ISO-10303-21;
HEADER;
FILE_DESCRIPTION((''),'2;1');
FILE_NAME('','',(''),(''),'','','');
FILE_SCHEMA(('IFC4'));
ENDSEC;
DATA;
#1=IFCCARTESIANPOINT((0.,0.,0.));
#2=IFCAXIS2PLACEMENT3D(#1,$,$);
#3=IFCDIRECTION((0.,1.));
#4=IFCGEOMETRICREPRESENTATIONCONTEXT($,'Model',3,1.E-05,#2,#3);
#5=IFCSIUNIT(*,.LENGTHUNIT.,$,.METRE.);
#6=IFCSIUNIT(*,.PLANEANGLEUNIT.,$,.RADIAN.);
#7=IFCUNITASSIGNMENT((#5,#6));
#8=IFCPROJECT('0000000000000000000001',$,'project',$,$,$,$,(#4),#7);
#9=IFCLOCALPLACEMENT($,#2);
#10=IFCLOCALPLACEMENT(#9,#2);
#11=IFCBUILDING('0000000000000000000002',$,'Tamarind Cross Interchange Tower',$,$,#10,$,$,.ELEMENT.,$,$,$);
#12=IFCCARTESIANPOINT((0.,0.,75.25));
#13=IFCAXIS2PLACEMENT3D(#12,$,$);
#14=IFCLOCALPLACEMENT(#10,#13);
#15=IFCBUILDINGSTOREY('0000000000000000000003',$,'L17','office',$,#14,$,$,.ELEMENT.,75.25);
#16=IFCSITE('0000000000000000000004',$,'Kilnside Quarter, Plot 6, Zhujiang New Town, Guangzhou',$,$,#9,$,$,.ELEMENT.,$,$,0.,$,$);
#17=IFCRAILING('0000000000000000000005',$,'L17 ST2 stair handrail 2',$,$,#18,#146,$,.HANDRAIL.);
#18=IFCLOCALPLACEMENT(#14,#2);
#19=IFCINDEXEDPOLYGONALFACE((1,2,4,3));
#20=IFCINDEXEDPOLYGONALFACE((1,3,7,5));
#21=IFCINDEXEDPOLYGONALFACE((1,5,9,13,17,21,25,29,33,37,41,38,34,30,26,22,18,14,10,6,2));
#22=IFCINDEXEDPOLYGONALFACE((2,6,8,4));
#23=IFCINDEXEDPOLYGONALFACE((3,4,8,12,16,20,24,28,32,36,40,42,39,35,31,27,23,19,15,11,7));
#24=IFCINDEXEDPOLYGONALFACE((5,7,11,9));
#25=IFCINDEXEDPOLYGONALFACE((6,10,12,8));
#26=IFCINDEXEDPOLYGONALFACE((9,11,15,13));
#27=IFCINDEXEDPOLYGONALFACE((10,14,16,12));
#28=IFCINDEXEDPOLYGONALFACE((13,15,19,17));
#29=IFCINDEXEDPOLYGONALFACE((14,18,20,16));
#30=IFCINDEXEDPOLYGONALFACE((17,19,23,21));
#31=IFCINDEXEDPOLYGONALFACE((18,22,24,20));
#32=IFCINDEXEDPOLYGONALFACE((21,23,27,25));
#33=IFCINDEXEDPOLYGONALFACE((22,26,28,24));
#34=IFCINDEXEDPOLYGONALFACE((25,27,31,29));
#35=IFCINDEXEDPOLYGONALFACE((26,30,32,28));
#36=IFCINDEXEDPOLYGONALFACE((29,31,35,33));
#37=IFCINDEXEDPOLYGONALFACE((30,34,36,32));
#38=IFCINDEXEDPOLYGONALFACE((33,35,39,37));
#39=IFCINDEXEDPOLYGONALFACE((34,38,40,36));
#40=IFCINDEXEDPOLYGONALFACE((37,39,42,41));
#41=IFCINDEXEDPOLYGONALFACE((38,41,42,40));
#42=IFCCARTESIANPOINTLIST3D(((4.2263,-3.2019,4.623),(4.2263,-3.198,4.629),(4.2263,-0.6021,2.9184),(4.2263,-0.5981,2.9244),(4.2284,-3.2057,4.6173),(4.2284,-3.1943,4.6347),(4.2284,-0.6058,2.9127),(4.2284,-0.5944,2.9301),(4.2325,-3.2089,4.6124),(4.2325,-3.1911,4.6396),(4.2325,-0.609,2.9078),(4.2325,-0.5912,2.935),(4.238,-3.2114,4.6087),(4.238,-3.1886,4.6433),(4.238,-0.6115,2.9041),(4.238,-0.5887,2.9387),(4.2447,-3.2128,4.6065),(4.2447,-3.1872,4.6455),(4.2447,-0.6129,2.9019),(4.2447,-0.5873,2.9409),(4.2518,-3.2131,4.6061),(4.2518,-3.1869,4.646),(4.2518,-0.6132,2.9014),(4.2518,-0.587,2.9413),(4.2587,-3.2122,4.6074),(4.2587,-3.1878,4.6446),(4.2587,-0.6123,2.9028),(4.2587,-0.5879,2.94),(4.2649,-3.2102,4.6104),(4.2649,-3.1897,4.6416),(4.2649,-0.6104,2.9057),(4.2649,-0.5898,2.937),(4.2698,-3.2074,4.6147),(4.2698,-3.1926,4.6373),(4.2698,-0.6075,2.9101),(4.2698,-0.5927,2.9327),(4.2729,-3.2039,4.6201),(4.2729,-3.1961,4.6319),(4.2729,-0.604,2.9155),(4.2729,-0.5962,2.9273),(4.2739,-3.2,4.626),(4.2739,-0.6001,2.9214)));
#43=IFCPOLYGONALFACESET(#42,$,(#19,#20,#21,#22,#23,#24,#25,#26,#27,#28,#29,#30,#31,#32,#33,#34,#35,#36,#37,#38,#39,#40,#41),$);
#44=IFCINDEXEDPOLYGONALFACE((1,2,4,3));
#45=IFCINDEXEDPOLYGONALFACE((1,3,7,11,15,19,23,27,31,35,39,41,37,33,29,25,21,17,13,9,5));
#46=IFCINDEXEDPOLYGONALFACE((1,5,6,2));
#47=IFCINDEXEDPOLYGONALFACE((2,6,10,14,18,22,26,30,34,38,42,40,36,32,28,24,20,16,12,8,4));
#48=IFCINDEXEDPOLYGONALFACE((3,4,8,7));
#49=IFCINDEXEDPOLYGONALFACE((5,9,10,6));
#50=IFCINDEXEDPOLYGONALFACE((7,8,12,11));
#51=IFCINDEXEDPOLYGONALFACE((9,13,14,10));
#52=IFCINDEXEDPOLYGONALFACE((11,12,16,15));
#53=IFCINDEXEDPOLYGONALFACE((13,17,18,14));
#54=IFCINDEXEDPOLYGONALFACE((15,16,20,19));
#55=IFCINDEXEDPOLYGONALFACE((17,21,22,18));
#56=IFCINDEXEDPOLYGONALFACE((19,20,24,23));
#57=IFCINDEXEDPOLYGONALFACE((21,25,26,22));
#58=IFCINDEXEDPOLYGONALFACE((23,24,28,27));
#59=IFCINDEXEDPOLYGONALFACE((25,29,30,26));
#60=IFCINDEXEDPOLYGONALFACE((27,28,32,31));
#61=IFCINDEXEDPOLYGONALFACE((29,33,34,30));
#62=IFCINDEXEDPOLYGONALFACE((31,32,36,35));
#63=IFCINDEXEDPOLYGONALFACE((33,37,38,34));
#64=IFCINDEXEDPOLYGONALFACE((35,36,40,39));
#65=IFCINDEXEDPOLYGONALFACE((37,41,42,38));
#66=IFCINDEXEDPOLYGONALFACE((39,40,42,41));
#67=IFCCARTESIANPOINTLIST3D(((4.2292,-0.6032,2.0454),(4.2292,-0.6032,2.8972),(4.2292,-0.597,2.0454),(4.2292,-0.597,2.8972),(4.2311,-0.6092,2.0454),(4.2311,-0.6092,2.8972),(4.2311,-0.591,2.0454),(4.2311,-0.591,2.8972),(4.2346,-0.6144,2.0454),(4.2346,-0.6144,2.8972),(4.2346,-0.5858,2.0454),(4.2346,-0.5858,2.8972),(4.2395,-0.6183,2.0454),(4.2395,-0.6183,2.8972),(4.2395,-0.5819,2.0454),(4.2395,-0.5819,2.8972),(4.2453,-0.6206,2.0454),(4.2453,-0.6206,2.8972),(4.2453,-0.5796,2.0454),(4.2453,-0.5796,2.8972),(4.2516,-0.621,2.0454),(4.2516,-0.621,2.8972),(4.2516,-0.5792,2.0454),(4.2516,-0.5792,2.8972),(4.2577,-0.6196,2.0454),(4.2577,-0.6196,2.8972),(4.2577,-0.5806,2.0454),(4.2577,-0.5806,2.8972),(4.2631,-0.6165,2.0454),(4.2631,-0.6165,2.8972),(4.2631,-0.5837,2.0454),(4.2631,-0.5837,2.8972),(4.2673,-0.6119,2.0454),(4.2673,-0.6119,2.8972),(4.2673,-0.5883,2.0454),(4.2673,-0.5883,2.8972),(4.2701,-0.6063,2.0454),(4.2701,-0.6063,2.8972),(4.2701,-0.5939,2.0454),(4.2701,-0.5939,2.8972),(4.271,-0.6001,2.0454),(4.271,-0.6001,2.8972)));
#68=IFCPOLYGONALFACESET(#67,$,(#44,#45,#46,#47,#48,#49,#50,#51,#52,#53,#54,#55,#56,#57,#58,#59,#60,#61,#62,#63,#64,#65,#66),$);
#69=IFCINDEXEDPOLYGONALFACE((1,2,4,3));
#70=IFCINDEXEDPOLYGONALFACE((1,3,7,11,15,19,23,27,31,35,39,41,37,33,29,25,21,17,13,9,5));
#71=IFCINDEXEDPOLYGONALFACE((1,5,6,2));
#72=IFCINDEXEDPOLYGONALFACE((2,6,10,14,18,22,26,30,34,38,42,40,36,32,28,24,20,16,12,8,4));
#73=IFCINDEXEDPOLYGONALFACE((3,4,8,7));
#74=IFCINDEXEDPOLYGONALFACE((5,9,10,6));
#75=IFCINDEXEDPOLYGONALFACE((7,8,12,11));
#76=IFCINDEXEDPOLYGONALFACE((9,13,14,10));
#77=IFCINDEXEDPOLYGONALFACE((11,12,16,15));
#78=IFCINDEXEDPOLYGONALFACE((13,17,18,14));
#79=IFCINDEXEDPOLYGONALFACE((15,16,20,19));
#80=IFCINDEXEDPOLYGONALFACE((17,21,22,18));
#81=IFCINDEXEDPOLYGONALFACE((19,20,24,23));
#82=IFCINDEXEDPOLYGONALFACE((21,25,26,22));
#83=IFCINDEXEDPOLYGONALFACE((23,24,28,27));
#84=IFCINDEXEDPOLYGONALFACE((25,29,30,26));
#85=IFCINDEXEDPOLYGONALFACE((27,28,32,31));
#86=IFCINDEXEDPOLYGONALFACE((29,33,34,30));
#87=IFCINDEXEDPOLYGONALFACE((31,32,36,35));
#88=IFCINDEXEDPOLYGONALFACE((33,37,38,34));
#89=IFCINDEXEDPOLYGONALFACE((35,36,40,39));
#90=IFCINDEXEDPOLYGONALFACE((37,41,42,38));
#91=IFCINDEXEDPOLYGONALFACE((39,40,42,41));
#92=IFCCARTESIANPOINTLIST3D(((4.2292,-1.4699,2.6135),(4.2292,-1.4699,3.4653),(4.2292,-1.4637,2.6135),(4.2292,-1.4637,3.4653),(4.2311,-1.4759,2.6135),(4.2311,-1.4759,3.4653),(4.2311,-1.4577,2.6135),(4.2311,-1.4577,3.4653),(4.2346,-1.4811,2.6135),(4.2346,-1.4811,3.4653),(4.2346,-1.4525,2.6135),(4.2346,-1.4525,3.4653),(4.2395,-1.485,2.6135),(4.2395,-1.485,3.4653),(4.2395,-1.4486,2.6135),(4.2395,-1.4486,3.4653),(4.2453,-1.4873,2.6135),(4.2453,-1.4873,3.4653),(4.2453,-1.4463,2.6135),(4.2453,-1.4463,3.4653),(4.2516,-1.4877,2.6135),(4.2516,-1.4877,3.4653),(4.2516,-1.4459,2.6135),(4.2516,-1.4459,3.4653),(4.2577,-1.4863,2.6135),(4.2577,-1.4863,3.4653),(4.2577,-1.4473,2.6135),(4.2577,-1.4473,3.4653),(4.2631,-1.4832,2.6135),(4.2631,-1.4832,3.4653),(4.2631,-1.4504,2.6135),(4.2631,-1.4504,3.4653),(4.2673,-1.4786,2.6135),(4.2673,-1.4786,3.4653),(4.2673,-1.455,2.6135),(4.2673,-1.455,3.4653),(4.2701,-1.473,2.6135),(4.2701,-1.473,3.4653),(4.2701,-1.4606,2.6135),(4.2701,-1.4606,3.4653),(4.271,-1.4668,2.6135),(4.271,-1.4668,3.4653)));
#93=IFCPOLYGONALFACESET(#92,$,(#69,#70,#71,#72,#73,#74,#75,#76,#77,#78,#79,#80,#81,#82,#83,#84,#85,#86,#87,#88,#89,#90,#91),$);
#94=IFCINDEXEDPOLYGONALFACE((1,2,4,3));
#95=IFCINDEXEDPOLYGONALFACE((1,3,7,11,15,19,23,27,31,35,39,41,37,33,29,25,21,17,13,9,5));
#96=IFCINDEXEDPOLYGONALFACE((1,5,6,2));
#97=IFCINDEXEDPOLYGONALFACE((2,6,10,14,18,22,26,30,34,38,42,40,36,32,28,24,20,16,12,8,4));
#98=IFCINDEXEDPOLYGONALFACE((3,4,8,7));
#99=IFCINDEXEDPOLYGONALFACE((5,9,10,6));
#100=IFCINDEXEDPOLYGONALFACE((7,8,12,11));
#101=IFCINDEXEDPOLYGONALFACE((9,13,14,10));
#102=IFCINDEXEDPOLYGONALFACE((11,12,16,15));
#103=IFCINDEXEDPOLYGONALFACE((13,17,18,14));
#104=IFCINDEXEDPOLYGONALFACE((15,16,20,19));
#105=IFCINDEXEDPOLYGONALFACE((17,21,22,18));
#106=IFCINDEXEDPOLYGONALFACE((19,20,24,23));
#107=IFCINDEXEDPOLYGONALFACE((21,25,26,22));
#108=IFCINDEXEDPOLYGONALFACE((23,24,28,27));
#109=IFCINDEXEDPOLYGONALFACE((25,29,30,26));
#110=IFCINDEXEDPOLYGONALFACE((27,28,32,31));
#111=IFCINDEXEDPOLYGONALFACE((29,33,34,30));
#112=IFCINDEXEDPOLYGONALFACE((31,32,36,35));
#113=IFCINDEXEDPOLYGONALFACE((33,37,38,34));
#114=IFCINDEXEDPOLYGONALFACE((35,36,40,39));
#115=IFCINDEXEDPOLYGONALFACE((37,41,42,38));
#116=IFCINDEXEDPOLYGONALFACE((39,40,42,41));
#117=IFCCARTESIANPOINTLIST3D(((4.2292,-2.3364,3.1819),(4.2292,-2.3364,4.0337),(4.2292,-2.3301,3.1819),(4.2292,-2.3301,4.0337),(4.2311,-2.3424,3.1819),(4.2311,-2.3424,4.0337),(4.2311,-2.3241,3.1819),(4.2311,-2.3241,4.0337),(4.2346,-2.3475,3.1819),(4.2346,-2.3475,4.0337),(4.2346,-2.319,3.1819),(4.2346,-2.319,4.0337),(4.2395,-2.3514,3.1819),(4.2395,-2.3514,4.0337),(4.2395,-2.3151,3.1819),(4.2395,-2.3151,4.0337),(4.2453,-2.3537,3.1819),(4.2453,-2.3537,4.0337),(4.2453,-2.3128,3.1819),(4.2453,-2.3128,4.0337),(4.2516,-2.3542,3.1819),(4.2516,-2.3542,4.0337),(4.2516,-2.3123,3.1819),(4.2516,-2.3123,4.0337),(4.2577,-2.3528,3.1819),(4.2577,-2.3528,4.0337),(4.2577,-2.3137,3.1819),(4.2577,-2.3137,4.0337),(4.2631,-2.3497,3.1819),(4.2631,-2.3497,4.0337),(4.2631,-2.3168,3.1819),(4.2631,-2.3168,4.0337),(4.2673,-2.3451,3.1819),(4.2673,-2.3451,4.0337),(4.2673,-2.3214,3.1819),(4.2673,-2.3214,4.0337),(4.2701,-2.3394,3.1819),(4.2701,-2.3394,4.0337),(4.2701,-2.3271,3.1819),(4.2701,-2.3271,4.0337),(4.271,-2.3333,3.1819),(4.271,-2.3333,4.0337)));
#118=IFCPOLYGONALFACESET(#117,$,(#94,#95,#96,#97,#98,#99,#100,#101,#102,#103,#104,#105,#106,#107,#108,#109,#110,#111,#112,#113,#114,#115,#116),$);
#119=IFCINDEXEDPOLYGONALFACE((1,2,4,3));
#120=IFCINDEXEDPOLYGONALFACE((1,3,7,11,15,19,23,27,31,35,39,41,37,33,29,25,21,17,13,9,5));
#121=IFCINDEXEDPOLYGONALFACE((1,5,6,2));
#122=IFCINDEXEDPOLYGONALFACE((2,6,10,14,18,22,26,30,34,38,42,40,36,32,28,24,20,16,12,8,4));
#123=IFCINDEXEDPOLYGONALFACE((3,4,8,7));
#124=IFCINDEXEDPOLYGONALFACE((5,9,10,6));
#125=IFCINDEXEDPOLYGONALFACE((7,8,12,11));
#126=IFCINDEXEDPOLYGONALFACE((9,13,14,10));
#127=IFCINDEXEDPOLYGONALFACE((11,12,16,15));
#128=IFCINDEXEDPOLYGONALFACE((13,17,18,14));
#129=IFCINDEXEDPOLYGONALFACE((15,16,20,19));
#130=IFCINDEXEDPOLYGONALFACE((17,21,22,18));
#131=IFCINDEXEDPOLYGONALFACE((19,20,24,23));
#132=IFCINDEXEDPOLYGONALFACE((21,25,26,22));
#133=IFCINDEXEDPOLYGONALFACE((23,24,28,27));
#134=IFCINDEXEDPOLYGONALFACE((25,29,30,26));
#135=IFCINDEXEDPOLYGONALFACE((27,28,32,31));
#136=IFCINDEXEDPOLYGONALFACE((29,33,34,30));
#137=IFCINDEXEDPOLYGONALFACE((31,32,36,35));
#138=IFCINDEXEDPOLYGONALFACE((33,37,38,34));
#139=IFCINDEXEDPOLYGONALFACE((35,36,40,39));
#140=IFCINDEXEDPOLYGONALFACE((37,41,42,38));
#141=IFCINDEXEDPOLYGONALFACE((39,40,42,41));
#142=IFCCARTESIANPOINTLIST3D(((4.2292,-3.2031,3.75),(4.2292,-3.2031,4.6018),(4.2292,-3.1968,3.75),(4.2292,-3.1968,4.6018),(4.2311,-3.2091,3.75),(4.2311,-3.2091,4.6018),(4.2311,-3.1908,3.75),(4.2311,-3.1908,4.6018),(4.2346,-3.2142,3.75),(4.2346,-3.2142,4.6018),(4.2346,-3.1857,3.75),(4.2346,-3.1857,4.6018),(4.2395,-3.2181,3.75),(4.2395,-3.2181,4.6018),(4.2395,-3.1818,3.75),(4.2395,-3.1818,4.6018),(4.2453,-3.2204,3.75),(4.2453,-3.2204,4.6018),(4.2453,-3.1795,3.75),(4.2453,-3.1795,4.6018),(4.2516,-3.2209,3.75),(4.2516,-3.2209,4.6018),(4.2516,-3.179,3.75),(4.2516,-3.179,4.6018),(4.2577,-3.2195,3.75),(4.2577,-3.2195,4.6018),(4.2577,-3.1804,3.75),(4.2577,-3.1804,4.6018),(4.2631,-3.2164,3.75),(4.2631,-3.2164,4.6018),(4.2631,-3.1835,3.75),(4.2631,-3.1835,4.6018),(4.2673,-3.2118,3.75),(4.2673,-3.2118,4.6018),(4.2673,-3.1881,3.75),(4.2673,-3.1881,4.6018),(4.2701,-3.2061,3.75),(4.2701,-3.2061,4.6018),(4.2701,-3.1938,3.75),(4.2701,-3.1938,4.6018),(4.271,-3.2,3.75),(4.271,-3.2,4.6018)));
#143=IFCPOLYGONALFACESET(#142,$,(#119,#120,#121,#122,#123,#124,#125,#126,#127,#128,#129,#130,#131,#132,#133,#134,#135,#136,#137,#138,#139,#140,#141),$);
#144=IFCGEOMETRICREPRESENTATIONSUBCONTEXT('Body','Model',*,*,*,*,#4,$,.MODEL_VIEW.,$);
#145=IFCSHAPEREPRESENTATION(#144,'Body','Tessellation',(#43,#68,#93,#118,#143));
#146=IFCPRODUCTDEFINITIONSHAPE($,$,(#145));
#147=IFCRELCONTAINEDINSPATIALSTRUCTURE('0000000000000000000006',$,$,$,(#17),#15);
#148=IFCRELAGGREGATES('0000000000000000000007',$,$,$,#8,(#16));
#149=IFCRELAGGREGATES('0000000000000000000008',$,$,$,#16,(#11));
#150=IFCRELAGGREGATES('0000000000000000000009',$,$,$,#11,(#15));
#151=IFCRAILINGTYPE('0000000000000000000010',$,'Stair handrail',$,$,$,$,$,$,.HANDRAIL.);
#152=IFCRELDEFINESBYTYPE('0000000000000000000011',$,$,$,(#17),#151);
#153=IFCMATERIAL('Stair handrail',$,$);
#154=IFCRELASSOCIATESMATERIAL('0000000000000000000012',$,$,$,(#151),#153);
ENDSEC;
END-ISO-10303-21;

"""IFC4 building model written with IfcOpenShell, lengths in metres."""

from ifc_helpers import new_model, si_unit, direction, frame, origin, origin_2d, place, context, subcontext, project, spatial, circle, extrude, material, type_object, element, save


model = new_model("IFC4")

# Units and contexts
model_context = context("Model", 3, precision=1e-05, world=origin(), true_north=direction((0.0, 1.0)))
body_context = subcontext(model_context, "Body", "Model", "MODEL_VIEW")
ifc_project = project(units=[si_unit("LENGTHUNIT", "METRE"), si_unit("PLANEANGLEUNIT", "RADIAN")], contexts=[model_context])

# Site, building, storey
site_placement = place(None, origin())
site = spatial("IfcSite", under=ifc_project, at=site_placement, Name="Kilnside Quarter, Plot 6, Zhujiang New Town, Guangzhou", CompositionType="ELEMENT", RefElevation=0.0)
building_placement = place(site_placement, origin())
building = spatial("IfcBuilding", under=site, at=building_placement, Name="Tamarind Cross Interchange Tower", CompositionType="ELEMENT")
storey_placement = place(building_placement, frame((0.0, 0.0, 75.25)))
storey = spatial("IfcBuildingStorey", under=building, at=storey_placement, Name="L17", Description="office", CompositionType="ELEMENT", Elevation=75.25)

# Railing
ifc_material_1 = material(Name="Stair handrail")
railing_type_1 = type_object("IfcRailingType", Name="Stair handrail", PredefinedType="HANDRAIL", material=ifc_material_1)
railing_1_placement = place(storey_placement, frame((4.25, -0.6001, 2.0454)))
element("IfcRailing", 1, at=railing_1_placement, inside=storey, type_object=railing_type_1, Name="L17 ST2 stair handrail 2", PredefinedType="HANDRAIL", context=body_context, shape_type="SweptSolid", body=[
    extrude(circle(Radius=0.0239, at=origin_2d()), frame((0.0, 0.0, 0.876), z_axis=(0.0, -0.836279, 0.548305), x_axis=(1.0, 0.0, 0.0)), (0.0, 0.0, 1.0), 3.1089),
    extrude(circle(Radius=0.021, at=origin_2d()), origin(), (0.0, 0.0, 1.0), 0.8518),
    extrude(circle(Radius=0.021, at=origin_2d()), frame((0.0, -0.8667, 0.5681)), (0.0, 0.0, 1.0), 0.8518),
    extrude(circle(Radius=0.021, at=origin_2d()), frame((0.0, -1.7332, 1.1365)), (0.0, 0.0, 1.0), 0.8518),
    extrude(circle(Radius=0.021, at=origin_2d()), frame((0.0, -2.5999, 1.7046)), (0.0, 0.0, 1.0), 0.8518),
])

save(model, "model.ifc")
